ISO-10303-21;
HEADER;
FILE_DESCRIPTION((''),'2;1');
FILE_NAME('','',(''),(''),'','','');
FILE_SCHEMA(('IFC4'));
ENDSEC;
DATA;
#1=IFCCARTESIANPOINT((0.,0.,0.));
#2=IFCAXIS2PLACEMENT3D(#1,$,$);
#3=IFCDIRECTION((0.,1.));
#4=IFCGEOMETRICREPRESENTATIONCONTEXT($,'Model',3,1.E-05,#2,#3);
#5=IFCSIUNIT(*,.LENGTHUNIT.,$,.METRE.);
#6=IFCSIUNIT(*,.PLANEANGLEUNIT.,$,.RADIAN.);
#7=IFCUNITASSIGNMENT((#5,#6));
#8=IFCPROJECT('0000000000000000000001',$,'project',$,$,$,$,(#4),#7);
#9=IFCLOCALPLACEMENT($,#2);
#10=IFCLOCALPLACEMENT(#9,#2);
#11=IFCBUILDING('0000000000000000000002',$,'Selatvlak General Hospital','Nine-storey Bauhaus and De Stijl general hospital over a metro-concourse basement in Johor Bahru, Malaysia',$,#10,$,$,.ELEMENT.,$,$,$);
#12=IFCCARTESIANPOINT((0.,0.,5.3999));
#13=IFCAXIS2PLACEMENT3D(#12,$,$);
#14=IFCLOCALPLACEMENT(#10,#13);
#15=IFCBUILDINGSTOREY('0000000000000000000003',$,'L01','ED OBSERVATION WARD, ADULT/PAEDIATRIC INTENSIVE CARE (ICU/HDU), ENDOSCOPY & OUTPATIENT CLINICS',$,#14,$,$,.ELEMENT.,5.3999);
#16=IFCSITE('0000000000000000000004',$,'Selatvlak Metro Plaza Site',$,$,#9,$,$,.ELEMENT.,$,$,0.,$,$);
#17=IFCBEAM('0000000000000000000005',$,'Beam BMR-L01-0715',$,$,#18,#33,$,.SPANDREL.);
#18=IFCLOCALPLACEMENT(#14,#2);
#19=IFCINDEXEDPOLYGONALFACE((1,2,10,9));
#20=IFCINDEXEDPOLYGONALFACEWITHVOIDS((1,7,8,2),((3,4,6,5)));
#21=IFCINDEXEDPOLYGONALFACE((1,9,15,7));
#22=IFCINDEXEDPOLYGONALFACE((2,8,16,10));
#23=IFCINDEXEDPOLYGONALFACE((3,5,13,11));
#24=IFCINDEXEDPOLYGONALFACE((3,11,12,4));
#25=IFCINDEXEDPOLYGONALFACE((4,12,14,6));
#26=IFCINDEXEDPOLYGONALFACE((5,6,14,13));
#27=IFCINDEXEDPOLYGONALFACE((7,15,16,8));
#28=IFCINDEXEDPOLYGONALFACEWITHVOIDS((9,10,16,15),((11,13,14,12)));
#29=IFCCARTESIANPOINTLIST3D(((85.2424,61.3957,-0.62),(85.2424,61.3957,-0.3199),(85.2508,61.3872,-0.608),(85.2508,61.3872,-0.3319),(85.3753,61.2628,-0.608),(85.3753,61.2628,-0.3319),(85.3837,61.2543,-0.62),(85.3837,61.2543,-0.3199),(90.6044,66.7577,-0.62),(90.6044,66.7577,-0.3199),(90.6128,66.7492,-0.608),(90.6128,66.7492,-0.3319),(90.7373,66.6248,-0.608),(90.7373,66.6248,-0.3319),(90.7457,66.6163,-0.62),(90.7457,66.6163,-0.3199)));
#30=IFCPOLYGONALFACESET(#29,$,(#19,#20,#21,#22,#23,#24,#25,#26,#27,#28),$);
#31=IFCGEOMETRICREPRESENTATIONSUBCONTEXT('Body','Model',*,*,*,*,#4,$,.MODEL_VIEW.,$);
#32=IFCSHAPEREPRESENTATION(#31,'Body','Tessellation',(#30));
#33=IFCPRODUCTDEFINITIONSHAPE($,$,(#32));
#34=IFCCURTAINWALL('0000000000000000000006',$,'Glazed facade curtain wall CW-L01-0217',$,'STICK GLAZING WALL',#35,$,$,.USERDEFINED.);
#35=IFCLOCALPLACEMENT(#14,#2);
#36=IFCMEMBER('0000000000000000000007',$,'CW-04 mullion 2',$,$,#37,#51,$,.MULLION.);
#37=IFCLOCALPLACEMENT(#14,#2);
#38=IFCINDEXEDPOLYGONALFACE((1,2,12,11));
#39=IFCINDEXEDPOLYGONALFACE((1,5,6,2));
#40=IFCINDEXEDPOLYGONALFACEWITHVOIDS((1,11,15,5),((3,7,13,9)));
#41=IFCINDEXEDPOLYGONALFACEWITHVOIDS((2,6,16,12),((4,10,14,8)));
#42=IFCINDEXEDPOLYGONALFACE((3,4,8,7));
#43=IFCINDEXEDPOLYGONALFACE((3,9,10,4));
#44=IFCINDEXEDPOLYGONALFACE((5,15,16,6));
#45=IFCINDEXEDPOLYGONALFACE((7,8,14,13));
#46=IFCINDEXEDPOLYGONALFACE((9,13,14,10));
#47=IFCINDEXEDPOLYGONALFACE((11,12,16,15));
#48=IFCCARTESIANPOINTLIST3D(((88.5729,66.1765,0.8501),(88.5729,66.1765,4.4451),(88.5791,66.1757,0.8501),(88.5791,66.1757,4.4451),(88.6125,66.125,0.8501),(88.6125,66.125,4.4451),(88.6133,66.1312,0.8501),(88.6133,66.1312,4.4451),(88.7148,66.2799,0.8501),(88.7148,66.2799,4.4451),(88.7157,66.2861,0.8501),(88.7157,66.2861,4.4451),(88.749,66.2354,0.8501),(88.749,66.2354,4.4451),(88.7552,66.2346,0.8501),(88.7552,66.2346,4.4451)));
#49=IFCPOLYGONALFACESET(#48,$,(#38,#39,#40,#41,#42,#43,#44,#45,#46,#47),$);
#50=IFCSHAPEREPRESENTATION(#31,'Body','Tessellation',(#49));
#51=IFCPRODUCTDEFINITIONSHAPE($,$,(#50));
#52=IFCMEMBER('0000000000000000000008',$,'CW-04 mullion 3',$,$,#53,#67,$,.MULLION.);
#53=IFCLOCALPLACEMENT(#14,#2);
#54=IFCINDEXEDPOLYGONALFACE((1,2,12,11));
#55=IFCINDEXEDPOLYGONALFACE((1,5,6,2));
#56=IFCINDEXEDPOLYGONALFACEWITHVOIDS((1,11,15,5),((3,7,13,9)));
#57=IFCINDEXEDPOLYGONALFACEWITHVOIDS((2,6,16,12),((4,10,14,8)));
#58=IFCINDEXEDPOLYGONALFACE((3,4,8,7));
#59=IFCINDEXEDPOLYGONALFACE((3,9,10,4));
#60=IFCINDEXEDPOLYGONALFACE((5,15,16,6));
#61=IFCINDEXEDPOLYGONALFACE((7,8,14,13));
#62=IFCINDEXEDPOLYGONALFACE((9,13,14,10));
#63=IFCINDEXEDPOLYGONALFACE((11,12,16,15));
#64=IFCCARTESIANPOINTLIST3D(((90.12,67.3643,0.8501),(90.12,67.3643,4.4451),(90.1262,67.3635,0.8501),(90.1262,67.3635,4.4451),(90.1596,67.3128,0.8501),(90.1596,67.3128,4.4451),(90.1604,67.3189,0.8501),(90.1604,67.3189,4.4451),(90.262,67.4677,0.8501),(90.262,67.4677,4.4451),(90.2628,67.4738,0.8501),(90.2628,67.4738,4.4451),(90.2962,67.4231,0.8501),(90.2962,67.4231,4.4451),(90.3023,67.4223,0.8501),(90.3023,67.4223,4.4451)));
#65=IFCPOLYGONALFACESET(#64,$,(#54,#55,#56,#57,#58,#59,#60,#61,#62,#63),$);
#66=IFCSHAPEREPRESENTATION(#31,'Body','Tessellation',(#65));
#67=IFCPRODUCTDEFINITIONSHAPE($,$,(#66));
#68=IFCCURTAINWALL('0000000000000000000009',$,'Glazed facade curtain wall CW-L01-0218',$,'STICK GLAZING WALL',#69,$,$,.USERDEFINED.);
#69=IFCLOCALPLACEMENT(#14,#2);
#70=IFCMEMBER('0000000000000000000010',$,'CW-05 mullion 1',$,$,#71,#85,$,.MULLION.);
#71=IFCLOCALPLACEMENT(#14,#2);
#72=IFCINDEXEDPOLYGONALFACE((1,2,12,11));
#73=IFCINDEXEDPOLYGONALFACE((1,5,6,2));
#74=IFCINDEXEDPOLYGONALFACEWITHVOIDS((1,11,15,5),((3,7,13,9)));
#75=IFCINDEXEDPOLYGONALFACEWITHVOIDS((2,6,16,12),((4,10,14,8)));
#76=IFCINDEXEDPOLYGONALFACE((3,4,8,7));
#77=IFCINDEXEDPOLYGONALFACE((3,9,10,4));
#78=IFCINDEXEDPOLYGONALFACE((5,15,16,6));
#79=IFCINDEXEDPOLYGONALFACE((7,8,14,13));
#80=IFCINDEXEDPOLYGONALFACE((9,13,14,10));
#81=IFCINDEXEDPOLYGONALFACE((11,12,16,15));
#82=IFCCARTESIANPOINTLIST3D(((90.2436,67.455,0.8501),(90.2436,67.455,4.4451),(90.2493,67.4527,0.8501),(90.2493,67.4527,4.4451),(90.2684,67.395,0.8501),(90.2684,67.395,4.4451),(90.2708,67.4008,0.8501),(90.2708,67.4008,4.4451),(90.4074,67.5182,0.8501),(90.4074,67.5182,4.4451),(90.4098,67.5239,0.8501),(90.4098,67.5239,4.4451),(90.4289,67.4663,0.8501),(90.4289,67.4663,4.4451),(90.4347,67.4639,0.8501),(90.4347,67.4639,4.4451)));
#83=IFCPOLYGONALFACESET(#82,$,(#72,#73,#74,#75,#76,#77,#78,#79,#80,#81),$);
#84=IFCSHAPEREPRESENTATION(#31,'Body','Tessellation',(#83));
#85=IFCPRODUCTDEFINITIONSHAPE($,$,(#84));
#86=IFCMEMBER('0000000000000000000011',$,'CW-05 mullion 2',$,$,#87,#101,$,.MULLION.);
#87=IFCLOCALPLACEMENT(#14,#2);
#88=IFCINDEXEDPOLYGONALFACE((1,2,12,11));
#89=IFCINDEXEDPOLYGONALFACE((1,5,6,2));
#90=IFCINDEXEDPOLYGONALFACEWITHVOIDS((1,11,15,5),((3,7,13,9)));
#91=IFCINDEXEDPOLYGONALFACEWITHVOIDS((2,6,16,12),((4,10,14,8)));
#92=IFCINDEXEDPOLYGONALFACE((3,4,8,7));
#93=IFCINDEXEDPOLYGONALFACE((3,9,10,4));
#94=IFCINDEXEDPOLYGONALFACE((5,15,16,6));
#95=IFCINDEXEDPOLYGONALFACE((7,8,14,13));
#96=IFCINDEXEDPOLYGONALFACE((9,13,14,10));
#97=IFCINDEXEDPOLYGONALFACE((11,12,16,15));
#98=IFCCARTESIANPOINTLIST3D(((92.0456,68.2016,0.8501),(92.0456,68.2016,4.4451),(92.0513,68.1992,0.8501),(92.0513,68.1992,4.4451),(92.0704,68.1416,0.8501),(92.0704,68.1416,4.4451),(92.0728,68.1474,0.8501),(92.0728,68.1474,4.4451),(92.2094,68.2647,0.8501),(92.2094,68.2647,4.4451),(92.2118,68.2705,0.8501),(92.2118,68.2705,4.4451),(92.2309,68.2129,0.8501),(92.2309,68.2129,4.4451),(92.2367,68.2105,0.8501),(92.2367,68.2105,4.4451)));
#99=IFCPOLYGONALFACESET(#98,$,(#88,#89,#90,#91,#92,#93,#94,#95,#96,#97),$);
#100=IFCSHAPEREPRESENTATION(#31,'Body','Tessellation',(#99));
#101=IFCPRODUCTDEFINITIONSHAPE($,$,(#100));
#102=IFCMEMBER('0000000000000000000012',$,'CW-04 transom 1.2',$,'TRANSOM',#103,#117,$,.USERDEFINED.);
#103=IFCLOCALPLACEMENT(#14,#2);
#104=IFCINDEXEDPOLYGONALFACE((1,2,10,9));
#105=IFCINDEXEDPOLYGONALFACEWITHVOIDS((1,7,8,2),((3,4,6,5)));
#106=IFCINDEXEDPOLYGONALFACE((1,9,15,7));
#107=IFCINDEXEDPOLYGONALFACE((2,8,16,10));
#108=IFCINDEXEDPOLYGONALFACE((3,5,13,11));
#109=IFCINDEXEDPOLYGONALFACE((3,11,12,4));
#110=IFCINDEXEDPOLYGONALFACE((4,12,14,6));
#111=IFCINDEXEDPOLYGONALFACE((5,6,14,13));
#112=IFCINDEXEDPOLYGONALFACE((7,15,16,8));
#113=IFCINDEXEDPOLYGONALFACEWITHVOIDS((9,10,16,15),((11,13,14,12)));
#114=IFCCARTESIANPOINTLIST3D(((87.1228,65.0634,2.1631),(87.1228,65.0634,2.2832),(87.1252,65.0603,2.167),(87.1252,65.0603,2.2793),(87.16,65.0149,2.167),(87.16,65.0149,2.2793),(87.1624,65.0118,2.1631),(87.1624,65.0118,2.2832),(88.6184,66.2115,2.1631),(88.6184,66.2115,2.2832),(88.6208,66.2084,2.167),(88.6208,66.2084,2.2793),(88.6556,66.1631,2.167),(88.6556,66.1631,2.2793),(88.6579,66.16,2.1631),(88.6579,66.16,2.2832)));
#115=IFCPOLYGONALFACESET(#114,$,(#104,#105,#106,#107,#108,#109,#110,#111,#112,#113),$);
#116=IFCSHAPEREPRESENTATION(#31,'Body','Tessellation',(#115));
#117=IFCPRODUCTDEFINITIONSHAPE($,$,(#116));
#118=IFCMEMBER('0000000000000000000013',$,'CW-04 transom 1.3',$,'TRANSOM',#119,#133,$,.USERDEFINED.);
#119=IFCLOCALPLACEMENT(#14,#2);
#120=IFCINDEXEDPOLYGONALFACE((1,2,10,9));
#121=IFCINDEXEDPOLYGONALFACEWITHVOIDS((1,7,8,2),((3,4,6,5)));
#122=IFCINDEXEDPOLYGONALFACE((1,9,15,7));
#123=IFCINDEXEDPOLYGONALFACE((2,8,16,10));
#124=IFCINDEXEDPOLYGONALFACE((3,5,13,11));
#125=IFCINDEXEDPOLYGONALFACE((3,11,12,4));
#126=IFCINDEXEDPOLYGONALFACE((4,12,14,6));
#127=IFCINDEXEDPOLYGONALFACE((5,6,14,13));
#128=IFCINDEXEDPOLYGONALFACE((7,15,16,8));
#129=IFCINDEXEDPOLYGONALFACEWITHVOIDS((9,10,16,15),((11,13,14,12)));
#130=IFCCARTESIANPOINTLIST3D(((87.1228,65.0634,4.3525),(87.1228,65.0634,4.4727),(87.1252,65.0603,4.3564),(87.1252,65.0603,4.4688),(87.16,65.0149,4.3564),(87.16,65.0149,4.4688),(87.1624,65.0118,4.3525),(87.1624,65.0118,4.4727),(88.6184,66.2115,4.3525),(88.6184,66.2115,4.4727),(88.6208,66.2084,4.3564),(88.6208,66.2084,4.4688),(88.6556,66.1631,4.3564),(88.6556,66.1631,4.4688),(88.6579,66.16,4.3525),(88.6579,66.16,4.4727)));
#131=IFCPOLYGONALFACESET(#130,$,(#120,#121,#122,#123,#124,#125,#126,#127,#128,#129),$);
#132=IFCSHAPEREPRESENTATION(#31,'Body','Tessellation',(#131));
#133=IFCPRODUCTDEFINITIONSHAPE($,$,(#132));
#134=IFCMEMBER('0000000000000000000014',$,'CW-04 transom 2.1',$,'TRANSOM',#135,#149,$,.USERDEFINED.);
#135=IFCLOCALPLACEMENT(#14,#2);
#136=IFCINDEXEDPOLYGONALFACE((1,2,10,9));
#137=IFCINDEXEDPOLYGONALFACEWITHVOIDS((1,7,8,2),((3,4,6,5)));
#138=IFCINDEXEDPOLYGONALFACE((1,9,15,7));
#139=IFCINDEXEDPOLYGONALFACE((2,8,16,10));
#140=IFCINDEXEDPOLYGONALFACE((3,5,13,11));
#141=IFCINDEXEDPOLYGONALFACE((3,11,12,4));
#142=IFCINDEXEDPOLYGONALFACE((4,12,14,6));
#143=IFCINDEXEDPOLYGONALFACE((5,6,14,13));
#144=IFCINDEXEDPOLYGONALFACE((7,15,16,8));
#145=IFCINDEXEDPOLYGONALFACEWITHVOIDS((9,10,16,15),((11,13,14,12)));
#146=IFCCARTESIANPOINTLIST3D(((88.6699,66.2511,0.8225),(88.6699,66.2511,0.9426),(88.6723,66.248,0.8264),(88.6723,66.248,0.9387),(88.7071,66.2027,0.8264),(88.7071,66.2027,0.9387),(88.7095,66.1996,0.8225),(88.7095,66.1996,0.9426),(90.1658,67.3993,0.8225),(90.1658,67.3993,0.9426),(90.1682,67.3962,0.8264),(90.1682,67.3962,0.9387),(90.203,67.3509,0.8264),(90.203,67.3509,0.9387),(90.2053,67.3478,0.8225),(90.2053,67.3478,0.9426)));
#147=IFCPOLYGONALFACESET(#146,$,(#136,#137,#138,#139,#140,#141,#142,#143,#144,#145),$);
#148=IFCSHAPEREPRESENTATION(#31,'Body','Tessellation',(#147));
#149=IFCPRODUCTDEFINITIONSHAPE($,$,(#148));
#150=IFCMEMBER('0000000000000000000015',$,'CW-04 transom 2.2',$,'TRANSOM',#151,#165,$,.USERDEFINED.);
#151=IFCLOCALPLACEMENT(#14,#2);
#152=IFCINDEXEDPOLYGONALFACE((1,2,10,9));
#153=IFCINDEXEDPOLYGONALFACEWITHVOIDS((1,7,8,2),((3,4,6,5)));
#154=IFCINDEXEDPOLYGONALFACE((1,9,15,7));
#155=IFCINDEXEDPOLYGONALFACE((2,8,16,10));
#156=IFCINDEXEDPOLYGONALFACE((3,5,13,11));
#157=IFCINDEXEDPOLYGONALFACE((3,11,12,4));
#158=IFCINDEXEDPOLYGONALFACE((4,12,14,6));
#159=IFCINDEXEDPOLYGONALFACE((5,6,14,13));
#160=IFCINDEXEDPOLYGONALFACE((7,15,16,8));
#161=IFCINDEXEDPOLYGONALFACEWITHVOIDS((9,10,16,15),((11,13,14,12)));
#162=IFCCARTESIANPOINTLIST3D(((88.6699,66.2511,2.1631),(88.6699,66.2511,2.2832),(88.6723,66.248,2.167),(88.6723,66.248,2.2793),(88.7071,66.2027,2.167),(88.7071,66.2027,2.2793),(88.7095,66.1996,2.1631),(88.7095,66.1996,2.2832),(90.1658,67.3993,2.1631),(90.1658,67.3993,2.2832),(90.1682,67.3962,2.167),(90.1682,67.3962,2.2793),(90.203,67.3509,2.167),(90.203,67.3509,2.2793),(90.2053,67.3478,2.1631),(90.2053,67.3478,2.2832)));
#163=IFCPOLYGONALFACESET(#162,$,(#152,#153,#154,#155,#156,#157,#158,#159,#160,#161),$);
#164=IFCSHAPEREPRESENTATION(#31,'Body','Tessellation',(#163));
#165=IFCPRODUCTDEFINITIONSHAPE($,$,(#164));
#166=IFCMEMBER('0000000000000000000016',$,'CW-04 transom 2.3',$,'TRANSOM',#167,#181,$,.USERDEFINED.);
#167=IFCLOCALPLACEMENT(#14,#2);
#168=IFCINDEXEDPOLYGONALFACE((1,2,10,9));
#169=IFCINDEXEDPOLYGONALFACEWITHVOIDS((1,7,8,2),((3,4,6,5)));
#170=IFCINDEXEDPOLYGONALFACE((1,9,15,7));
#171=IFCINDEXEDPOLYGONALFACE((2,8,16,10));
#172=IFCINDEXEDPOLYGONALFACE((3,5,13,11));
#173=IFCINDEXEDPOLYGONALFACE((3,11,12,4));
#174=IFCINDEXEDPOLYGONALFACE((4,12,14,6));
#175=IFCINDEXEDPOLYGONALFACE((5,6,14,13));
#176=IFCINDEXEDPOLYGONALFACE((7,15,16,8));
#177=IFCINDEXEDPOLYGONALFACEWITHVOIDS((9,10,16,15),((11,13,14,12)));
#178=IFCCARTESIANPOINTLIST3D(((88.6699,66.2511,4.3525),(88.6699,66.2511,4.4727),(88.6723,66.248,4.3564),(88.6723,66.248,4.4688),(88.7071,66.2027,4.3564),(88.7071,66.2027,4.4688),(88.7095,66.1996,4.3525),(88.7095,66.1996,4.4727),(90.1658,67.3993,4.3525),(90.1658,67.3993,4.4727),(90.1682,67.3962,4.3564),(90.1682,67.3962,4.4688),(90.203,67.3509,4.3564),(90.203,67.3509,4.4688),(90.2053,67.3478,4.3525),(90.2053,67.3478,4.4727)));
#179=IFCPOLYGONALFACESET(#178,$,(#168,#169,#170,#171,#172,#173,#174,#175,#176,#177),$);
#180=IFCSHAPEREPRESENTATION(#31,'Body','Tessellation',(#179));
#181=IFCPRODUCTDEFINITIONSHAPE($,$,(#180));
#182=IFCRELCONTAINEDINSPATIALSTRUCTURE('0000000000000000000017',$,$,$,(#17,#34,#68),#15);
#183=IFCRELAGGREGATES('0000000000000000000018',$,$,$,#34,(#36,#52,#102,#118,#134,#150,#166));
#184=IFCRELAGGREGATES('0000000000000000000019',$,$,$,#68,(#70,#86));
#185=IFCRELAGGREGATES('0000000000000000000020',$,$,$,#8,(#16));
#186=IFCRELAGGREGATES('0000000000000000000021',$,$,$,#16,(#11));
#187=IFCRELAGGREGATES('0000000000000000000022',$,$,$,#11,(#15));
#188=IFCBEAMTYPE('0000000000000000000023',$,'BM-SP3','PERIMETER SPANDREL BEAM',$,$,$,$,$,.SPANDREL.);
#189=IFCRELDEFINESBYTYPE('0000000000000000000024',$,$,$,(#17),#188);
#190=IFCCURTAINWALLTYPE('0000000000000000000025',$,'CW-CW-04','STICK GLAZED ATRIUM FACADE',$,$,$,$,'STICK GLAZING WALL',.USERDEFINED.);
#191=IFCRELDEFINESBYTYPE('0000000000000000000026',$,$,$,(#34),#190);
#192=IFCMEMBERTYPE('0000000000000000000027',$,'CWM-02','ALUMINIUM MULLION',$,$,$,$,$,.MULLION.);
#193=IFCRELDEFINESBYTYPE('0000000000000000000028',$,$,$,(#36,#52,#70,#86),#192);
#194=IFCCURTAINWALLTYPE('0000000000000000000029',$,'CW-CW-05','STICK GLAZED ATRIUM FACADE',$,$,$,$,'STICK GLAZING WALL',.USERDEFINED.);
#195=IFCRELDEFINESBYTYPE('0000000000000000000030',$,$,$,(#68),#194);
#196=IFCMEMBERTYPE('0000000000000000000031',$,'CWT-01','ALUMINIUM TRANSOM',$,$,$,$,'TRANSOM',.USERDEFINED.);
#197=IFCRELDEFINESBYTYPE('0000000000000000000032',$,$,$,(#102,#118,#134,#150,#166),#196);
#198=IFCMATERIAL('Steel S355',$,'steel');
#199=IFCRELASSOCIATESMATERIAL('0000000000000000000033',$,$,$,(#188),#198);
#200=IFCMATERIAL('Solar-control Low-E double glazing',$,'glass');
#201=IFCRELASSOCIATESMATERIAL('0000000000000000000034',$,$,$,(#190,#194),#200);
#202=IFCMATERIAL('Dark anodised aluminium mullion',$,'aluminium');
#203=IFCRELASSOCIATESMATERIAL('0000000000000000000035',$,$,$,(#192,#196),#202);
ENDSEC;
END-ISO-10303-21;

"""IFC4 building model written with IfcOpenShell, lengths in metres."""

from ifc_helpers import new_model, si_unit, direction, frame, origin, origin_2d, place, context, subcontext, project, spatial, hollow_rectangle, extrude, material, material_profile, profile_set, type_object, element, aggregate, save


model = new_model("IFC4")

# Units and contexts
model_context = context("Model", 3, precision=1e-05, world=origin(), true_north=direction((0.0, 1.0)))
body_context = subcontext(model_context, "Body", "Model", "MODEL_VIEW")
ifc_project = project(units=[si_unit("LENGTHUNIT", "METRE"), si_unit("PLANEANGLEUNIT", "RADIAN")], contexts=[model_context])

# Site, building, storey
site_placement = place(None, origin())
site = spatial("IfcSite", under=ifc_project, at=site_placement, Name="Selatvlak Metro Plaza Site", CompositionType="ELEMENT", RefElevation=0.0)
building_placement = place(site_placement, origin())
building = spatial("IfcBuilding", under=site, at=building_placement, Name="Selatvlak General Hospital", Description="Nine-storey Bauhaus and De Stijl general hospital over a metro-concourse basement in Johor Bahru, Malaysia", CompositionType="ELEMENT")
storey_placement = place(building_placement, frame((0.0, 0.0, 5.3999)))
storey = spatial("IfcBuildingStorey", under=building, at=storey_placement, Name="L01", Description="ED OBSERVATION WARD, ADULT/PAEDIATRIC INTENSIVE CARE (ICU/HDU), ENDOSCOPY & OUTPATIENT CLINICS", CompositionType="ELEMENT", Elevation=5.3999)

# Beam
ifc_material_1 = material(Name="Steel S355", Category="steel")
ifc_material_profile_1 = material_profile(ifc_material_1, hollow_rectangle(XDim=0.2, YDim=0.3, WallThickness=0.012, at=origin_2d()), Name="RHS 300x200x12")
ifc_profile_set_1 = profile_set([ifc_material_profile_1], Name="Steel S355")
beam_type = type_object("IfcBeamType", Name="BM-SP3", Description="PERIMETER SPANDREL BEAM", PredefinedType="SPANDREL", material=ifc_profile_set_1)
beam_placement = place(storey_placement, frame((90.675, 66.687, -0.47), z_axis=(-0.707107, -0.707107, 0.0), x_axis=(0.707107, -0.707107, 0.0)))
element("IfcBeam", 1, at=beam_placement, inside=storey, type_object=beam_type, Name="Beam BMR-L01-0715", PredefinedType="SPANDREL", context=body_context, shape_type="SweptSolid", body=[
    extrude(hollow_rectangle(XDim=0.2, YDim=0.3, WallThickness=0.012, at=origin_2d()), origin(), (0.0, 0.0, 1.0), 7.583),
])

# Curtain walls, members
ifc_material_2 = material(Name="Solar-control Low-E double glazing", Category="glass")
curtain_wall_type_1 = type_object("IfcCurtainWallType", Name="CW-CW-04", Description="STICK GLAZED ATRIUM FACADE", ElementType="STICK GLAZING WALL", PredefinedType="USERDEFINED", material=ifc_material_2)
curtain_wall_1_placement = place(storey_placement, origin())
curtain_wall_1 = element("IfcCurtainWall", 2, at=curtain_wall_1_placement, inside=storey, type_object=curtain_wall_type_1, Name="Glazed facade curtain wall CW-L01-0217", ObjectType="STICK GLAZING WALL", PredefinedType="USERDEFINED")
ifc_material_3 = material(Name="Dark anodised aluminium mullion", Category="aluminium")
ifc_material_profile_2 = material_profile(ifc_material_3, hollow_rectangle(XDim=0.0649, YDim=0.1799, WallThickness=0.0044, at=origin_2d()), Name="AL-MUL 65x180x4.5")
ifc_profile_set_2 = profile_set([ifc_material_profile_2], Name="Dark anodised aluminium mullion")
member_type_1 = type_object("IfcMemberType", Name="CWM-02", Description="ALUMINIUM MULLION", PredefinedType="MULLION", material=ifc_profile_set_2)
member_1_placement = place(storey_placement, frame((88.6641, 66.2056, 0.8501), z_axis=(0.0, 0.0, 1.0), x_axis=(-0.608918, 0.793233, 0.0)))
member_1 = element("IfcMember", 3, at=member_1_placement, type_object=member_type_1, Name="CW-04 mullion 2", PredefinedType="MULLION", context=body_context, shape_type="SweptSolid", body=[
    extrude(hollow_rectangle(XDim=0.0649, YDim=0.1799, WallThickness=0.0044, at=origin_2d()), origin(), (0.0, 0.0, 1.0), 3.595),
])
member_2_placement = place(storey_placement, frame((90.2112, 67.3933, 0.8501), z_axis=(0.0, 0.0, 1.0), x_axis=(-0.608918, 0.793233, 0.0)))
member_2 = element("IfcMember", 4, at=member_2_placement, type_object=member_type_1, Name="CW-04 mullion 3", PredefinedType="MULLION", context=body_context, shape_type="SweptSolid", body=[
    extrude(hollow_rectangle(XDim=0.0649, YDim=0.1799, WallThickness=0.0044, at=origin_2d()), origin(), (0.0, 0.0, 1.0), 3.595),
])
curtain_wall_type_2 = type_object("IfcCurtainWallType", Name="CW-CW-05", Description="STICK GLAZED ATRIUM FACADE", ElementType="STICK GLAZING WALL", PredefinedType="USERDEFINED", material=ifc_material_2)
curtain_wall_2_placement = place(storey_placement, origin())
curtain_wall_2 = element("IfcCurtainWall", 5, at=curtain_wall_2_placement, inside=storey, type_object=curtain_wall_type_2, Name="Glazed facade curtain wall CW-L01-0218", ObjectType="STICK GLAZING WALL", PredefinedType="USERDEFINED")
member_3_placement = place(storey_placement, frame((90.3391, 67.4595, 0.8501), z_axis=(0.0, 0.0, 1.0), x_axis=(-0.382753, 0.923851, 0.0)))
member_3 = element("IfcMember", 6, at=member_3_placement, type_object=member_type_1, Name="CW-05 mullion 1", PredefinedType="MULLION", context=body_context, shape_type="SweptSolid", body=[
    extrude(hollow_rectangle(XDim=0.0649, YDim=0.1799, WallThickness=0.0044, at=origin_2d()), origin(), (0.0, 0.0, 1.0), 3.595),
])
member_4_placement = place(storey_placement, frame((92.1411, 68.2061, 0.8501), z_axis=(0.0, 0.0, 1.0), x_axis=(-0.382753, 0.923851, 0.0)))
member_4 = element("IfcMember", 7, at=member_4_placement, type_object=member_type_1, Name="CW-05 mullion 2", PredefinedType="MULLION", context=body_context, shape_type="SweptSolid", body=[
    extrude(hollow_rectangle(XDim=0.0649, YDim=0.1799, WallThickness=0.0044, at=origin_2d()), origin(), (0.0, 0.0, 1.0), 3.595),
])

# Members
ifc_material_profile_3 = material_profile(ifc_material_3, hollow_rectangle(XDim=0.0649, YDim=0.1201, WallThickness=0.0039, at=origin_2d()), Name="AL-TRN 65x120x4")
ifc_profile_set_3 = profile_set([ifc_material_profile_3], Name="Dark anodised aluminium mullion")
member_type_2 = type_object("IfcMemberType", Name="CWT-01", Description="ALUMINIUM TRANSOM", ElementType="TRANSOM", PredefinedType="USERDEFINED", material=ifc_profile_set_3)
member_5_placement = place(storey_placement, frame((87.1426, 65.0376, 2.2231), z_axis=(0.793206, 0.608953, 0.0), x_axis=(-0.608953, 0.793206, 0.0)))
member_5 = element("IfcMember", 8, at=member_5_placement, type_object=member_type_2, Name="CW-04 transom 1.2", ObjectType="TRANSOM", PredefinedType="USERDEFINED", context=body_context, shape_type="SweptSolid", body=[
    extrude(hollow_rectangle(XDim=0.0649, YDim=0.1201, WallThickness=0.0039, at=origin_2d()), origin(), (0.0, 0.0, 1.0), 1.8855),
])
member_6_placement = place(storey_placement, frame((87.1426, 65.0376, 4.4126), z_axis=(0.793206, 0.608953, 0.0), x_axis=(-0.608953, 0.793206, 0.0)))
member_6 = element("IfcMember", 9, at=member_6_placement, type_object=member_type_2, Name="CW-04 transom 1.3", ObjectType="TRANSOM", PredefinedType="USERDEFINED", context=body_context, shape_type="SweptSolid", body=[
    extrude(hollow_rectangle(XDim=0.0649, YDim=0.1201, WallThickness=0.0039, at=origin_2d()), origin(), (0.0, 0.0, 1.0), 1.8855),
])
member_7_placement = place(storey_placement, frame((88.6897, 66.2253, 0.8826), z_axis=(0.793254, 0.608891, 0.0), x_axis=(-0.608891, 0.793254, 0.0)))
member_7 = element("IfcMember", 10, at=member_7_placement, type_object=member_type_2, Name="CW-04 transom 2.1", ObjectType="TRANSOM", PredefinedType="USERDEFINED", context=body_context, shape_type="SweptSolid", body=[
    extrude(hollow_rectangle(XDim=0.0649, YDim=0.1201, WallThickness=0.0039, at=origin_2d()), origin(), (0.0, 0.0, 1.0), 1.8857),
])
member_8_placement = place(storey_placement, frame((88.6897, 66.2253, 2.2231), z_axis=(0.793254, 0.608891, 0.0), x_axis=(-0.608891, 0.793254, 0.0)))
member_8 = element("IfcMember", 11, at=member_8_placement, type_object=member_type_2, Name="CW-04 transom 2.2", ObjectType="TRANSOM", PredefinedType="USERDEFINED", context=body_context, shape_type="SweptSolid", body=[
    extrude(hollow_rectangle(XDim=0.0649, YDim=0.1201, WallThickness=0.0039, at=origin_2d()), origin(), (0.0, 0.0, 1.0), 1.8857),
])
member_9_placement = place(storey_placement, frame((88.6897, 66.2253, 4.4126), z_axis=(0.793254, 0.608891, 0.0), x_axis=(-0.608891, 0.793254, 0.0)))
member_9 = element("IfcMember", 12, at=member_9_placement, type_object=member_type_2, Name="CW-04 transom 2.3", ObjectType="TRANSOM", PredefinedType="USERDEFINED", context=body_context, shape_type="SweptSolid", body=[
    extrude(hollow_rectangle(XDim=0.0649, YDim=0.1201, WallThickness=0.0039, at=origin_2d()), origin(), (0.0, 0.0, 1.0), 1.8857),
])

aggregate(curtain_wall_1, [member_1, member_2, member_5, member_6, member_7, member_8, member_9])
aggregate(curtain_wall_2, [member_3, member_4])

save(model, "model.ifc")
